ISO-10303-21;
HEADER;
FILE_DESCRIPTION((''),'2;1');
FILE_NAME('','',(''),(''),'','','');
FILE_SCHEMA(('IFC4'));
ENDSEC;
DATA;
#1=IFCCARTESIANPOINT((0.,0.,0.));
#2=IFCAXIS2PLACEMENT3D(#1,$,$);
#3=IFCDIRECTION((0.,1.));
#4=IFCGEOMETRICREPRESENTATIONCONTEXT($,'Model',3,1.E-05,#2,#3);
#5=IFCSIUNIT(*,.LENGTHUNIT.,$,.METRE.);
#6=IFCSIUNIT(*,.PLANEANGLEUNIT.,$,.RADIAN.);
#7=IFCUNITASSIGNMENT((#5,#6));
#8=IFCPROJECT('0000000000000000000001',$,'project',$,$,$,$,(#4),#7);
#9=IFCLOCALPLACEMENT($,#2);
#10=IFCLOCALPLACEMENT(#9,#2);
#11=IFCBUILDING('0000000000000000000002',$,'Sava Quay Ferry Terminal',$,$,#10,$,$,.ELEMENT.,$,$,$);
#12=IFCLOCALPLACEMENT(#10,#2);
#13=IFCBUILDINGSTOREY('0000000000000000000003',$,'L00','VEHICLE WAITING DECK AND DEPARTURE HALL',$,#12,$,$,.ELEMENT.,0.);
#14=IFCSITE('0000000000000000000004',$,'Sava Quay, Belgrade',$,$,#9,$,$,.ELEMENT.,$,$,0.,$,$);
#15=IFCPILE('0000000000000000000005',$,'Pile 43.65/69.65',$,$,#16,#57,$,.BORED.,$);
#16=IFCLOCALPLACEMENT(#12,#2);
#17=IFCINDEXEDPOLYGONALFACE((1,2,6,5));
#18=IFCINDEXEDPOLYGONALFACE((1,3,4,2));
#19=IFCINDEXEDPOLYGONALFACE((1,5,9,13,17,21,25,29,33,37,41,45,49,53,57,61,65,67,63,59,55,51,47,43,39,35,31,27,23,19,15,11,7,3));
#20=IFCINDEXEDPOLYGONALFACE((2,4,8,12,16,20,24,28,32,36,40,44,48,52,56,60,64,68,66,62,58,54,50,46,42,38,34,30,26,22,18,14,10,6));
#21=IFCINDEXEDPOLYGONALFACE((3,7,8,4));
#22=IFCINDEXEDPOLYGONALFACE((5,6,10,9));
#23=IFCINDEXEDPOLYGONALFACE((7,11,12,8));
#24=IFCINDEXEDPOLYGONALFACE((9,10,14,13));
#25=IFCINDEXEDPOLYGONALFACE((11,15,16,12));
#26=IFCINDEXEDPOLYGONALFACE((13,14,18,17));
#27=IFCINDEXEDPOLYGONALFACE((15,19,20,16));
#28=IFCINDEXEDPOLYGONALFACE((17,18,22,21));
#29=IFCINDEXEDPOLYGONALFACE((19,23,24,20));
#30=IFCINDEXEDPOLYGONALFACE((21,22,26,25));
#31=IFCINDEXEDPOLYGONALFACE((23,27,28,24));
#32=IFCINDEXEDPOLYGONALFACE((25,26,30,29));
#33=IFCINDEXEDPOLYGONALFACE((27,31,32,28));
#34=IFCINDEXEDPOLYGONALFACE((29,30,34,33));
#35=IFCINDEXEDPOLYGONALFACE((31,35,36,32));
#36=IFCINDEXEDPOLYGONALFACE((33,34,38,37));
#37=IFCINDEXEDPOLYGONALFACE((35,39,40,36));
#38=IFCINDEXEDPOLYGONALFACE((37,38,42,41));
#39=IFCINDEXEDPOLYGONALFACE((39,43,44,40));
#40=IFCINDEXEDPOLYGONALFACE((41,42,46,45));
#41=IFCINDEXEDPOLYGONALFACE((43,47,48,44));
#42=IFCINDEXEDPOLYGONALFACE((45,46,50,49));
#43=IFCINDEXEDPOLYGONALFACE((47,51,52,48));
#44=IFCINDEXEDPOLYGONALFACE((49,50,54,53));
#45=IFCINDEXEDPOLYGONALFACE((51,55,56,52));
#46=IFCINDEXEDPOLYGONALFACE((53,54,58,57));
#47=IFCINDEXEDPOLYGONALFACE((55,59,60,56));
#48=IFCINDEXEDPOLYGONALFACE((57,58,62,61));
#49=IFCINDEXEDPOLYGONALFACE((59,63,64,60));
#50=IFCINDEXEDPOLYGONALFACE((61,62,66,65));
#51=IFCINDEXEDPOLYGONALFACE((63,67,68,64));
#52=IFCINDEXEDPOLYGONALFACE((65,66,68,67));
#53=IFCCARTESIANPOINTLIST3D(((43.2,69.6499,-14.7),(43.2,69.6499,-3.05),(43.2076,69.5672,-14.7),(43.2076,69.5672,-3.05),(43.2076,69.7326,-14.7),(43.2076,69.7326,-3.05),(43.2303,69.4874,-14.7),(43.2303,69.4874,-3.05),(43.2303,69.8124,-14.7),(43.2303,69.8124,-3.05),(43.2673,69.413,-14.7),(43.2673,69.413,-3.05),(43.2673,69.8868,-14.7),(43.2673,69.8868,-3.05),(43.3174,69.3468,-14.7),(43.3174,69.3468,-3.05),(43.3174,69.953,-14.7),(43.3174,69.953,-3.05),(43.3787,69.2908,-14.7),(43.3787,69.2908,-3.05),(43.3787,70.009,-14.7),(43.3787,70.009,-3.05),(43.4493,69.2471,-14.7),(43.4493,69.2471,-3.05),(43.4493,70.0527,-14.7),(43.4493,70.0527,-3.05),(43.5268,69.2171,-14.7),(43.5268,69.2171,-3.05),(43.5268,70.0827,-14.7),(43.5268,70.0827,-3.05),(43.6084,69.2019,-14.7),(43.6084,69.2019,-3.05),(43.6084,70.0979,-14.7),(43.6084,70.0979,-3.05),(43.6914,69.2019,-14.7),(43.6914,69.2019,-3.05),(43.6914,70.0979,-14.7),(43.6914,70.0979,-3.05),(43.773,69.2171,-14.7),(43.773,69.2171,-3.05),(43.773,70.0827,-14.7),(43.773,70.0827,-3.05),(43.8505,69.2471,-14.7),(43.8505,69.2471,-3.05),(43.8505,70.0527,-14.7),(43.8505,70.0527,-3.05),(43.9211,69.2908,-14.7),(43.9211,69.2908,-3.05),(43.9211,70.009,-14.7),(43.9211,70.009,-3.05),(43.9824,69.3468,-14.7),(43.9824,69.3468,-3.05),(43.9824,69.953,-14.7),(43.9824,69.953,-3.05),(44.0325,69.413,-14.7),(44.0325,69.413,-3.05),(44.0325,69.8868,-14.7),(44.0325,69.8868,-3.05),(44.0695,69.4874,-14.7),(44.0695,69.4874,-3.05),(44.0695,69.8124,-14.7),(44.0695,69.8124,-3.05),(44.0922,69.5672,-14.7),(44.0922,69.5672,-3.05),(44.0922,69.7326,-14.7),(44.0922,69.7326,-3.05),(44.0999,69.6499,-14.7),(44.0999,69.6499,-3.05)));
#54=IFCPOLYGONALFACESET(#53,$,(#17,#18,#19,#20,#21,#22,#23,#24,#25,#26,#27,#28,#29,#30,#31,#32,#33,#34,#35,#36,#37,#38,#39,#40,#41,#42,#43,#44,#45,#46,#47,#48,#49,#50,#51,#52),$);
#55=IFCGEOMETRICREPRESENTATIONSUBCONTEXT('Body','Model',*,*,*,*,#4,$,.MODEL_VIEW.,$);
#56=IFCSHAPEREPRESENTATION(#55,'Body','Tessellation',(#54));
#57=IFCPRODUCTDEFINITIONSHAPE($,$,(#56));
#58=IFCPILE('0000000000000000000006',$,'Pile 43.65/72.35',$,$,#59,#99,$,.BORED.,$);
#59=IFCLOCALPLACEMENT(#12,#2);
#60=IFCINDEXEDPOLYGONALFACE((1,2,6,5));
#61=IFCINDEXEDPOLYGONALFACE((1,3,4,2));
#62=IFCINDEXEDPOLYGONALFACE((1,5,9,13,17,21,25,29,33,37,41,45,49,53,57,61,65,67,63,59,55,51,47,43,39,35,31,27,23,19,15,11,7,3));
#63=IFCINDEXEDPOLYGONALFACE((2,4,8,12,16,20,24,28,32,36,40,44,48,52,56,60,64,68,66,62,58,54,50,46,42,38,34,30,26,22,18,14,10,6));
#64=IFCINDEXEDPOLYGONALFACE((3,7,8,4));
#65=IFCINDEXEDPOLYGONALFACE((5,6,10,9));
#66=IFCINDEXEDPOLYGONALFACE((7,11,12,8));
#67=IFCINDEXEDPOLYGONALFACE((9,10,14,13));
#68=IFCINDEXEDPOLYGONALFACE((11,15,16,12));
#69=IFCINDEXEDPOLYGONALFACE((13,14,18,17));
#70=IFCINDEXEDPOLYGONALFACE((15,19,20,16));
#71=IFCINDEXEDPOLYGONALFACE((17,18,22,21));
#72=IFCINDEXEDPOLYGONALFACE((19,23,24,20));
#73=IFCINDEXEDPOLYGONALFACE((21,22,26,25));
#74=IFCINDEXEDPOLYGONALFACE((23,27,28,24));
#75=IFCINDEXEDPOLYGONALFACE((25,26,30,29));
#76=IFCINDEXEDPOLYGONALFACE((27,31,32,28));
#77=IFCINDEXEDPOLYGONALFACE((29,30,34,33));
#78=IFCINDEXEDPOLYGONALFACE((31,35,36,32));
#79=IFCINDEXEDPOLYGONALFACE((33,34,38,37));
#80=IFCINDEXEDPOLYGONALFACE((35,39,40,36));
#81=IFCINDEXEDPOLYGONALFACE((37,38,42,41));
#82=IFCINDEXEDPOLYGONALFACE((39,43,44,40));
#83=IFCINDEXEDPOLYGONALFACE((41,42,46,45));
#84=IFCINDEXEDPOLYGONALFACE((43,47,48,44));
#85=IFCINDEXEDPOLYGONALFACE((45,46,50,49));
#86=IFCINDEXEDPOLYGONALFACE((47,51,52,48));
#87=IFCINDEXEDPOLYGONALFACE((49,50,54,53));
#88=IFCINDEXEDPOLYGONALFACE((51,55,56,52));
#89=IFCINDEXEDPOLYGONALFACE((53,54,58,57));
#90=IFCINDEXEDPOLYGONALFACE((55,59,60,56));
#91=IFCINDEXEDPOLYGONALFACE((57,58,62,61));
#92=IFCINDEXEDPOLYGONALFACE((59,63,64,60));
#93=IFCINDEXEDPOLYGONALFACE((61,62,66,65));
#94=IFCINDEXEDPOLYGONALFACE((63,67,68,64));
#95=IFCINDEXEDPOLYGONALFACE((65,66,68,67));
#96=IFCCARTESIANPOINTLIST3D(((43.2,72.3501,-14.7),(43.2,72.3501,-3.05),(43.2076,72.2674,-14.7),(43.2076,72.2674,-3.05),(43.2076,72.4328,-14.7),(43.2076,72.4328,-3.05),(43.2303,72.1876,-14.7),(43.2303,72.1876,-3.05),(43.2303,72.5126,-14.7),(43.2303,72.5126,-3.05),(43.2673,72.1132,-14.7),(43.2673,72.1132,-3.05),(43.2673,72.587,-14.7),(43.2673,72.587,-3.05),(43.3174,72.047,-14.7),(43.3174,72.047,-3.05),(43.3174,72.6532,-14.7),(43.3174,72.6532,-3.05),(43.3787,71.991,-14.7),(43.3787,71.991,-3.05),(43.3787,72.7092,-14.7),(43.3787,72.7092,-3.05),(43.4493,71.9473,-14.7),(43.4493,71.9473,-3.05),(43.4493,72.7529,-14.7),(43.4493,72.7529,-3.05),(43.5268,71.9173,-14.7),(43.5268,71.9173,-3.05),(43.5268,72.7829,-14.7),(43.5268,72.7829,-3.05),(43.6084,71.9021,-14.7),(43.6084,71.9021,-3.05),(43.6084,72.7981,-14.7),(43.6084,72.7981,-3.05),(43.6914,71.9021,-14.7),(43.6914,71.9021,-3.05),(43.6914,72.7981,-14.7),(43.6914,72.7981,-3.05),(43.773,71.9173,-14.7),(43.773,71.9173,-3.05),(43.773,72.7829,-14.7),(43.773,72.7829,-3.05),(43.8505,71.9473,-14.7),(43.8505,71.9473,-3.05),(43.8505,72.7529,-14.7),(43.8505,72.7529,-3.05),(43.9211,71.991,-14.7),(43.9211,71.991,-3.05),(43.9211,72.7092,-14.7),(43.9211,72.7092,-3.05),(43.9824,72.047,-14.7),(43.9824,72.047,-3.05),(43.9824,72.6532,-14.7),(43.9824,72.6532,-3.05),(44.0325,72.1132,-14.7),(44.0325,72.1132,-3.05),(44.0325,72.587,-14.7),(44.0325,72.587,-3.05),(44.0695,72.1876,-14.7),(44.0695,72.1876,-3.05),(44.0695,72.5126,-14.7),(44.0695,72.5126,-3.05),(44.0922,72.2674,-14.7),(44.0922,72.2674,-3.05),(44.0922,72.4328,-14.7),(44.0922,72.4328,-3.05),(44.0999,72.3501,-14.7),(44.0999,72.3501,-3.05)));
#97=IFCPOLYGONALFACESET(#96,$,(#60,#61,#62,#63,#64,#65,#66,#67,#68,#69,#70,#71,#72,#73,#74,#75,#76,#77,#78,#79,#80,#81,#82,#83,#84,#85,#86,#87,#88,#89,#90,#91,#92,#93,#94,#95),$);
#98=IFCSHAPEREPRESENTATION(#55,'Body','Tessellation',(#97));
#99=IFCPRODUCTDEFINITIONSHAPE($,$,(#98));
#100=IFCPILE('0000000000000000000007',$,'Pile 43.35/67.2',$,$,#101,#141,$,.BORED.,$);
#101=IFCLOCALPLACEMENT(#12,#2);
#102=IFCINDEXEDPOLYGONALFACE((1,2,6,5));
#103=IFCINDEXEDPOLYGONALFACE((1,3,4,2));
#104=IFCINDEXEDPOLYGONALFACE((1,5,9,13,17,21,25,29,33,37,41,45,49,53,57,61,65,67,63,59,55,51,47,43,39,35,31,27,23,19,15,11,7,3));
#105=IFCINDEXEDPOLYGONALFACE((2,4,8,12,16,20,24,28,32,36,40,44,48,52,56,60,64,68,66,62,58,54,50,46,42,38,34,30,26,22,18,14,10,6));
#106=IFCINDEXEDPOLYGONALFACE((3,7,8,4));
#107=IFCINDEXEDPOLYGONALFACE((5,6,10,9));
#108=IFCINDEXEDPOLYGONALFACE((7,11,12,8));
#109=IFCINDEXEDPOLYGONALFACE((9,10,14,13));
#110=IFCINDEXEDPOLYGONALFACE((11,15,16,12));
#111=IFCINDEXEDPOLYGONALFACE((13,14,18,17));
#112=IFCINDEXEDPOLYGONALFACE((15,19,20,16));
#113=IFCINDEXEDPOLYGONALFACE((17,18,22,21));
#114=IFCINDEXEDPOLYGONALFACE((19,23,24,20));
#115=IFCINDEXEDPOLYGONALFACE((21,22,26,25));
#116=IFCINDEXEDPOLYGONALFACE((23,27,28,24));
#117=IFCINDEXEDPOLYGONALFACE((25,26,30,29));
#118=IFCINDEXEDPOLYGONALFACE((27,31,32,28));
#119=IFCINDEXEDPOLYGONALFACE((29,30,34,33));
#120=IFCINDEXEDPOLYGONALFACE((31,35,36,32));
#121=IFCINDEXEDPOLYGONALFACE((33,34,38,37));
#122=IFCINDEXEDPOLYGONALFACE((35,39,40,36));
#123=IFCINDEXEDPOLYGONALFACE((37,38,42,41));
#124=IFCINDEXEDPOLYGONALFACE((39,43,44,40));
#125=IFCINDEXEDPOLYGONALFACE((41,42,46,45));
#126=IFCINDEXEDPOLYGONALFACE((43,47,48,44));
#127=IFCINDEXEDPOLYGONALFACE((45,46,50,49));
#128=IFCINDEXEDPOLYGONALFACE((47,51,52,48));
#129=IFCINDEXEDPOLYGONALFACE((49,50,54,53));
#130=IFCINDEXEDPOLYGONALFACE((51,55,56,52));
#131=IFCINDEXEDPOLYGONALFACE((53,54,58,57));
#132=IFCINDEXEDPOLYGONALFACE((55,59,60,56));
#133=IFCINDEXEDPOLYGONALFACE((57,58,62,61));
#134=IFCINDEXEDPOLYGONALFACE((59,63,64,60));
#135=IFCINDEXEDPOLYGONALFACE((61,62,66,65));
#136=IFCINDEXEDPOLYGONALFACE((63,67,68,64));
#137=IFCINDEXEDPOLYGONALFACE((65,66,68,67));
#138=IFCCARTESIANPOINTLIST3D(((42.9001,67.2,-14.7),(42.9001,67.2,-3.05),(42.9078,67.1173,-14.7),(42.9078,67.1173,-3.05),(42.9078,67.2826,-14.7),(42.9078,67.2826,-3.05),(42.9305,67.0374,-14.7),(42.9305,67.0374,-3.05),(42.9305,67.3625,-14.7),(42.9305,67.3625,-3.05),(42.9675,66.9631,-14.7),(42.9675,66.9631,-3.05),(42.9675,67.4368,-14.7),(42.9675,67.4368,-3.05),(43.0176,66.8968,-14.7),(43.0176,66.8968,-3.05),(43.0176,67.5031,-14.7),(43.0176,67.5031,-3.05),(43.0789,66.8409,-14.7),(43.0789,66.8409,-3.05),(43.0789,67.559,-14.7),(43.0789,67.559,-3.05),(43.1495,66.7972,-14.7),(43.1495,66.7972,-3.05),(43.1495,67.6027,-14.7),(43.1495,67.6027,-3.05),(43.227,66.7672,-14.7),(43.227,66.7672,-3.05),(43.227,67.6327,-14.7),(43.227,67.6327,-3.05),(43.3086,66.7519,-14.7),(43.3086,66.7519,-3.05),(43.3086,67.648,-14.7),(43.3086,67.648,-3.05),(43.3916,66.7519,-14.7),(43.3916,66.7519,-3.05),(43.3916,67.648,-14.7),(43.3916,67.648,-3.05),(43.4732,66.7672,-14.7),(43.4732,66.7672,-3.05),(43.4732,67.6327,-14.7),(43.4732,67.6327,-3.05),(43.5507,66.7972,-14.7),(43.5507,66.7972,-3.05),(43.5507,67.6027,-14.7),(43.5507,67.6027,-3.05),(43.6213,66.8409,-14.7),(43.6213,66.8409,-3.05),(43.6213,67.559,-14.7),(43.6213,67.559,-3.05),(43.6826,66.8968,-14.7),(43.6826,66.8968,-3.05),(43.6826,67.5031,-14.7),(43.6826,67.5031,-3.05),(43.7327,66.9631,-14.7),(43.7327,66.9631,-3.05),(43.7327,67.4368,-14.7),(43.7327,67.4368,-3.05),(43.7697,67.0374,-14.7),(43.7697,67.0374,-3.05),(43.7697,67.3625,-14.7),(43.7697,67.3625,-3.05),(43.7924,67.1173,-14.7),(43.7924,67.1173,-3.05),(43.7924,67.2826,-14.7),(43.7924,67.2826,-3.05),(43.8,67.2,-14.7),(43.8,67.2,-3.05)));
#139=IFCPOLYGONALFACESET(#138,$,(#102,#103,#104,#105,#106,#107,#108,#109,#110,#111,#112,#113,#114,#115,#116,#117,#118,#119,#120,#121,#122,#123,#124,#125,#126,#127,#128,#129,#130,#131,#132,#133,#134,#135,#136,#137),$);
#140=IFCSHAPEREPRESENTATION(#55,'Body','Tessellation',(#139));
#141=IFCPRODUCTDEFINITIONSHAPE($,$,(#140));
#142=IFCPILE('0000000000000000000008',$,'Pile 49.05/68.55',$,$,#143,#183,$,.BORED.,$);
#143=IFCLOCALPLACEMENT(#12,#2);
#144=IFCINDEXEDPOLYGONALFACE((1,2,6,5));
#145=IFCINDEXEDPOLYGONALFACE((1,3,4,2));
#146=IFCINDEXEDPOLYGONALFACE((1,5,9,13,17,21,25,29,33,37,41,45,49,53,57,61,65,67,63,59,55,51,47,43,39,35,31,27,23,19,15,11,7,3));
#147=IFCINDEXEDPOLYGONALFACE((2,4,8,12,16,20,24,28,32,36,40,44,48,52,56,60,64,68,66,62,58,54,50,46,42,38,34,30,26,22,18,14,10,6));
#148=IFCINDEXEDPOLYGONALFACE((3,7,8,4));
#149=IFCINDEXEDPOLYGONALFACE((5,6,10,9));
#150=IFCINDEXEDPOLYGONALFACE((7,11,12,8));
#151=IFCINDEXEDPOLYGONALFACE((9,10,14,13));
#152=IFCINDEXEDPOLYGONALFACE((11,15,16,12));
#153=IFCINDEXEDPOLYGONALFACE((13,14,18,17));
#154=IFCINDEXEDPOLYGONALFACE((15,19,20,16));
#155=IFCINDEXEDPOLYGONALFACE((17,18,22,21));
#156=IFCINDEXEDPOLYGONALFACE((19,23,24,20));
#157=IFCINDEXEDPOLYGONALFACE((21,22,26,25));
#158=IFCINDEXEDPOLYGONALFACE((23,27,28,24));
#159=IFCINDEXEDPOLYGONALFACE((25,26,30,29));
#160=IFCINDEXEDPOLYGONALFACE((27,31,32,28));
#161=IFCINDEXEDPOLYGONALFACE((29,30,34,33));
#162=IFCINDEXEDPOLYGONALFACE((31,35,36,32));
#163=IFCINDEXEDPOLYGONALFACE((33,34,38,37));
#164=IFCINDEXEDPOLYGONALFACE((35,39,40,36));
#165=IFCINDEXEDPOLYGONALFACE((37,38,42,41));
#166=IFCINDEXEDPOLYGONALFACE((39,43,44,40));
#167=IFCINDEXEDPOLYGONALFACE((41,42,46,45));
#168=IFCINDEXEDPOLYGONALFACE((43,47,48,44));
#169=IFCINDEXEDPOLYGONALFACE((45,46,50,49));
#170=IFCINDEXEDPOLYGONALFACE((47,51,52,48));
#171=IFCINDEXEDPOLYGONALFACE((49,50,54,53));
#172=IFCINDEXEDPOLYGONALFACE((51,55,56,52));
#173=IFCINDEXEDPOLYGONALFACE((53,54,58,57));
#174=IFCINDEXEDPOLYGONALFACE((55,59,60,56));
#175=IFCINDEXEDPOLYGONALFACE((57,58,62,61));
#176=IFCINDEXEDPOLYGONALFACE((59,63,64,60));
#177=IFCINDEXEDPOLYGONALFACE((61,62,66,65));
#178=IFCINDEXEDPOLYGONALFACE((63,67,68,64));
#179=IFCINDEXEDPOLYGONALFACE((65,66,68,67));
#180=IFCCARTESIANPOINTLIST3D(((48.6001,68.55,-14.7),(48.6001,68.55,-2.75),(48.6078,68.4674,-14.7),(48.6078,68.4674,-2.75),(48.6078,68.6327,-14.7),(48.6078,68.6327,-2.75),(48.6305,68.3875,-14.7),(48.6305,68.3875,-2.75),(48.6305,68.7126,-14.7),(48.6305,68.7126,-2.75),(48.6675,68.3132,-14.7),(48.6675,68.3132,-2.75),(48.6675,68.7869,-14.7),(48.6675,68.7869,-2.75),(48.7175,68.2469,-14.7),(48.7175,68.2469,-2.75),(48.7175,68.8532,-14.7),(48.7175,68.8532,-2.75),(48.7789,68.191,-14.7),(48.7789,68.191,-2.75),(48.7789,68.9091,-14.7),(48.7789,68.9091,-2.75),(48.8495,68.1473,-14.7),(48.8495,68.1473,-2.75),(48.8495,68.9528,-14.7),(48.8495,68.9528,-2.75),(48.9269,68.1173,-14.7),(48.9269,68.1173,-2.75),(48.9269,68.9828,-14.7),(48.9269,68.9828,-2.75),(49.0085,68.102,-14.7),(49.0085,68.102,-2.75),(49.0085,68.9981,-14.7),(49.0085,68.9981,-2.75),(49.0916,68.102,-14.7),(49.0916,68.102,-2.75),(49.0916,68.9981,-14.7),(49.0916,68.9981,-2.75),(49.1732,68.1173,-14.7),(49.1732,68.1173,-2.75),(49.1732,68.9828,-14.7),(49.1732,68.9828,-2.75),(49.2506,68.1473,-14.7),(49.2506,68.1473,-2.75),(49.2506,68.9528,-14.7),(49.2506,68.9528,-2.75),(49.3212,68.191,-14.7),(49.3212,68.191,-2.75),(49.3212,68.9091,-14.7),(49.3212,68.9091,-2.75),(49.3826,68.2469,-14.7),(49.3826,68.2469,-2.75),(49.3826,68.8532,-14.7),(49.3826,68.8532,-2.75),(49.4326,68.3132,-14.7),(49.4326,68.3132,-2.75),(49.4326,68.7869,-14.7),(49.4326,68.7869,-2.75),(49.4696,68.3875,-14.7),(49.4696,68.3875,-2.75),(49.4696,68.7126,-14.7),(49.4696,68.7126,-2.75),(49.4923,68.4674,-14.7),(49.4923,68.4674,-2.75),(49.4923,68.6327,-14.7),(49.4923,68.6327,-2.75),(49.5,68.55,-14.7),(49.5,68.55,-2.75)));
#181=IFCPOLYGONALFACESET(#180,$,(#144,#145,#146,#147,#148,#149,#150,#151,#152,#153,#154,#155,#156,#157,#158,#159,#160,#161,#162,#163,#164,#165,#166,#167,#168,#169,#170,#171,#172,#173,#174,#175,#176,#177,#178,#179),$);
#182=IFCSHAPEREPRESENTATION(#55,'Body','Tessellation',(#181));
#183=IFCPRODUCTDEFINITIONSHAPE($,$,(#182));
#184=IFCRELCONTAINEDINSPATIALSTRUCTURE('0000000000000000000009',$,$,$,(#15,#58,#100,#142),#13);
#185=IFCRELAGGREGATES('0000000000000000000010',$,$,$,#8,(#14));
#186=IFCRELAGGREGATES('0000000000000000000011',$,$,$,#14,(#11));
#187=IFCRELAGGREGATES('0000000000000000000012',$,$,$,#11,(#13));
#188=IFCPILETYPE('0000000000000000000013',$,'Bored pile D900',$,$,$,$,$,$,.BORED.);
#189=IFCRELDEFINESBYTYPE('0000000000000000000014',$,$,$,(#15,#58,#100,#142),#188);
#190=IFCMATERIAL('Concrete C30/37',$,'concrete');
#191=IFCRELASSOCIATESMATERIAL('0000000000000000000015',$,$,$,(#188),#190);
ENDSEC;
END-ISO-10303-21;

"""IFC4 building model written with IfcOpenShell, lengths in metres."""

from ifc_helpers import new_model, si_unit, direction, frame, origin, origin_2d, place, context, subcontext, project, spatial, circle, extrude, material, material_profile, profile_set, type_object, element, save


model = new_model("IFC4")

# Units and contexts
model_context = context("Model", 3, precision=1e-05, world=origin(), true_north=direction((0.0, 1.0)))
body_context = subcontext(model_context, "Body", "Model", "MODEL_VIEW")
ifc_project = project(units=[si_unit("LENGTHUNIT", "METRE"), si_unit("PLANEANGLEUNIT", "RADIAN")], contexts=[model_context])

# Site, building, storey
site_placement = place(None, origin())
site = spatial("IfcSite", under=ifc_project, at=site_placement, Name="Sava Quay, Belgrade", CompositionType="ELEMENT", RefElevation=0.0)
building_placement = place(site_placement, origin())
building = spatial("IfcBuilding", under=site, at=building_placement, Name="Sava Quay Ferry Terminal", CompositionType="ELEMENT")
storey_placement = place(building_placement, origin())
storey = spatial("IfcBuildingStorey", under=building, at=storey_placement, Name="L00", Description="VEHICLE WAITING DECK AND DEPARTURE HALL", CompositionType="ELEMENT", Elevation=0.0)

# Piles
ifc_material_1 = material(Name="Concrete C30/37", Category="concrete")
ifc_material_profile_1 = material_profile(ifc_material_1, circle(Radius=0.45, at=origin_2d()), Name="Bored pile D900")
ifc_profile_set_1 = profile_set([ifc_material_profile_1], Name="Concrete C30/37")
pile_type = type_object("IfcPileType", Name="Bored pile D900", PredefinedType="BORED", material=ifc_profile_set_1)
for number, where, z_axis, x_axis, name in (
    (1, (43.6499, 69.6499, -3.05), (0.0, 0.0, -1.0), (1.0, 0.0, 0.0), "Pile 43.65/69.65"),
    (2, (43.6499, 72.3501, -3.05), (0.0, 0.0, -1.0), (1.0, 0.0, 0.0), "Pile 43.65/72.35"),
    (3, (43.3501, 67.2, -3.05), (0.0, 0.0, -1.0), (1.0, 0.0, 0.0), "Pile 43.35/67.2"),
):
    element("IfcPile", number, at=place(storey_placement, frame(where, z_axis=z_axis, x_axis=x_axis)), inside=storey, type_object=pile_type, Name=name, PredefinedType="BORED", context=body_context, shape_type="SweptSolid", body=[
        extrude(circle(Radius=0.45, at=origin_2d()), origin(), (0.0, 0.0, 1.0), 11.6499),
    ])
for number, where, z_axis, x_axis, name in (
    (4, (49.05, 68.55, -2.75), (0.0, 0.0, -1.0), (1.0, 0.0, 0.0), "Pile 49.05/68.55"),
):
    element("IfcPile", number, at=place(storey_placement, frame(where, z_axis=z_axis, x_axis=x_axis)), inside=storey, type_object=pile_type, Name=name, PredefinedType="BORED", context=body_context, shape_type="SweptSolid", body=[
        extrude(circle(Radius=0.45, at=origin_2d()), origin(), (0.0, 0.0, 1.0), 11.95),
    ])

save(model, "model.ifc")
